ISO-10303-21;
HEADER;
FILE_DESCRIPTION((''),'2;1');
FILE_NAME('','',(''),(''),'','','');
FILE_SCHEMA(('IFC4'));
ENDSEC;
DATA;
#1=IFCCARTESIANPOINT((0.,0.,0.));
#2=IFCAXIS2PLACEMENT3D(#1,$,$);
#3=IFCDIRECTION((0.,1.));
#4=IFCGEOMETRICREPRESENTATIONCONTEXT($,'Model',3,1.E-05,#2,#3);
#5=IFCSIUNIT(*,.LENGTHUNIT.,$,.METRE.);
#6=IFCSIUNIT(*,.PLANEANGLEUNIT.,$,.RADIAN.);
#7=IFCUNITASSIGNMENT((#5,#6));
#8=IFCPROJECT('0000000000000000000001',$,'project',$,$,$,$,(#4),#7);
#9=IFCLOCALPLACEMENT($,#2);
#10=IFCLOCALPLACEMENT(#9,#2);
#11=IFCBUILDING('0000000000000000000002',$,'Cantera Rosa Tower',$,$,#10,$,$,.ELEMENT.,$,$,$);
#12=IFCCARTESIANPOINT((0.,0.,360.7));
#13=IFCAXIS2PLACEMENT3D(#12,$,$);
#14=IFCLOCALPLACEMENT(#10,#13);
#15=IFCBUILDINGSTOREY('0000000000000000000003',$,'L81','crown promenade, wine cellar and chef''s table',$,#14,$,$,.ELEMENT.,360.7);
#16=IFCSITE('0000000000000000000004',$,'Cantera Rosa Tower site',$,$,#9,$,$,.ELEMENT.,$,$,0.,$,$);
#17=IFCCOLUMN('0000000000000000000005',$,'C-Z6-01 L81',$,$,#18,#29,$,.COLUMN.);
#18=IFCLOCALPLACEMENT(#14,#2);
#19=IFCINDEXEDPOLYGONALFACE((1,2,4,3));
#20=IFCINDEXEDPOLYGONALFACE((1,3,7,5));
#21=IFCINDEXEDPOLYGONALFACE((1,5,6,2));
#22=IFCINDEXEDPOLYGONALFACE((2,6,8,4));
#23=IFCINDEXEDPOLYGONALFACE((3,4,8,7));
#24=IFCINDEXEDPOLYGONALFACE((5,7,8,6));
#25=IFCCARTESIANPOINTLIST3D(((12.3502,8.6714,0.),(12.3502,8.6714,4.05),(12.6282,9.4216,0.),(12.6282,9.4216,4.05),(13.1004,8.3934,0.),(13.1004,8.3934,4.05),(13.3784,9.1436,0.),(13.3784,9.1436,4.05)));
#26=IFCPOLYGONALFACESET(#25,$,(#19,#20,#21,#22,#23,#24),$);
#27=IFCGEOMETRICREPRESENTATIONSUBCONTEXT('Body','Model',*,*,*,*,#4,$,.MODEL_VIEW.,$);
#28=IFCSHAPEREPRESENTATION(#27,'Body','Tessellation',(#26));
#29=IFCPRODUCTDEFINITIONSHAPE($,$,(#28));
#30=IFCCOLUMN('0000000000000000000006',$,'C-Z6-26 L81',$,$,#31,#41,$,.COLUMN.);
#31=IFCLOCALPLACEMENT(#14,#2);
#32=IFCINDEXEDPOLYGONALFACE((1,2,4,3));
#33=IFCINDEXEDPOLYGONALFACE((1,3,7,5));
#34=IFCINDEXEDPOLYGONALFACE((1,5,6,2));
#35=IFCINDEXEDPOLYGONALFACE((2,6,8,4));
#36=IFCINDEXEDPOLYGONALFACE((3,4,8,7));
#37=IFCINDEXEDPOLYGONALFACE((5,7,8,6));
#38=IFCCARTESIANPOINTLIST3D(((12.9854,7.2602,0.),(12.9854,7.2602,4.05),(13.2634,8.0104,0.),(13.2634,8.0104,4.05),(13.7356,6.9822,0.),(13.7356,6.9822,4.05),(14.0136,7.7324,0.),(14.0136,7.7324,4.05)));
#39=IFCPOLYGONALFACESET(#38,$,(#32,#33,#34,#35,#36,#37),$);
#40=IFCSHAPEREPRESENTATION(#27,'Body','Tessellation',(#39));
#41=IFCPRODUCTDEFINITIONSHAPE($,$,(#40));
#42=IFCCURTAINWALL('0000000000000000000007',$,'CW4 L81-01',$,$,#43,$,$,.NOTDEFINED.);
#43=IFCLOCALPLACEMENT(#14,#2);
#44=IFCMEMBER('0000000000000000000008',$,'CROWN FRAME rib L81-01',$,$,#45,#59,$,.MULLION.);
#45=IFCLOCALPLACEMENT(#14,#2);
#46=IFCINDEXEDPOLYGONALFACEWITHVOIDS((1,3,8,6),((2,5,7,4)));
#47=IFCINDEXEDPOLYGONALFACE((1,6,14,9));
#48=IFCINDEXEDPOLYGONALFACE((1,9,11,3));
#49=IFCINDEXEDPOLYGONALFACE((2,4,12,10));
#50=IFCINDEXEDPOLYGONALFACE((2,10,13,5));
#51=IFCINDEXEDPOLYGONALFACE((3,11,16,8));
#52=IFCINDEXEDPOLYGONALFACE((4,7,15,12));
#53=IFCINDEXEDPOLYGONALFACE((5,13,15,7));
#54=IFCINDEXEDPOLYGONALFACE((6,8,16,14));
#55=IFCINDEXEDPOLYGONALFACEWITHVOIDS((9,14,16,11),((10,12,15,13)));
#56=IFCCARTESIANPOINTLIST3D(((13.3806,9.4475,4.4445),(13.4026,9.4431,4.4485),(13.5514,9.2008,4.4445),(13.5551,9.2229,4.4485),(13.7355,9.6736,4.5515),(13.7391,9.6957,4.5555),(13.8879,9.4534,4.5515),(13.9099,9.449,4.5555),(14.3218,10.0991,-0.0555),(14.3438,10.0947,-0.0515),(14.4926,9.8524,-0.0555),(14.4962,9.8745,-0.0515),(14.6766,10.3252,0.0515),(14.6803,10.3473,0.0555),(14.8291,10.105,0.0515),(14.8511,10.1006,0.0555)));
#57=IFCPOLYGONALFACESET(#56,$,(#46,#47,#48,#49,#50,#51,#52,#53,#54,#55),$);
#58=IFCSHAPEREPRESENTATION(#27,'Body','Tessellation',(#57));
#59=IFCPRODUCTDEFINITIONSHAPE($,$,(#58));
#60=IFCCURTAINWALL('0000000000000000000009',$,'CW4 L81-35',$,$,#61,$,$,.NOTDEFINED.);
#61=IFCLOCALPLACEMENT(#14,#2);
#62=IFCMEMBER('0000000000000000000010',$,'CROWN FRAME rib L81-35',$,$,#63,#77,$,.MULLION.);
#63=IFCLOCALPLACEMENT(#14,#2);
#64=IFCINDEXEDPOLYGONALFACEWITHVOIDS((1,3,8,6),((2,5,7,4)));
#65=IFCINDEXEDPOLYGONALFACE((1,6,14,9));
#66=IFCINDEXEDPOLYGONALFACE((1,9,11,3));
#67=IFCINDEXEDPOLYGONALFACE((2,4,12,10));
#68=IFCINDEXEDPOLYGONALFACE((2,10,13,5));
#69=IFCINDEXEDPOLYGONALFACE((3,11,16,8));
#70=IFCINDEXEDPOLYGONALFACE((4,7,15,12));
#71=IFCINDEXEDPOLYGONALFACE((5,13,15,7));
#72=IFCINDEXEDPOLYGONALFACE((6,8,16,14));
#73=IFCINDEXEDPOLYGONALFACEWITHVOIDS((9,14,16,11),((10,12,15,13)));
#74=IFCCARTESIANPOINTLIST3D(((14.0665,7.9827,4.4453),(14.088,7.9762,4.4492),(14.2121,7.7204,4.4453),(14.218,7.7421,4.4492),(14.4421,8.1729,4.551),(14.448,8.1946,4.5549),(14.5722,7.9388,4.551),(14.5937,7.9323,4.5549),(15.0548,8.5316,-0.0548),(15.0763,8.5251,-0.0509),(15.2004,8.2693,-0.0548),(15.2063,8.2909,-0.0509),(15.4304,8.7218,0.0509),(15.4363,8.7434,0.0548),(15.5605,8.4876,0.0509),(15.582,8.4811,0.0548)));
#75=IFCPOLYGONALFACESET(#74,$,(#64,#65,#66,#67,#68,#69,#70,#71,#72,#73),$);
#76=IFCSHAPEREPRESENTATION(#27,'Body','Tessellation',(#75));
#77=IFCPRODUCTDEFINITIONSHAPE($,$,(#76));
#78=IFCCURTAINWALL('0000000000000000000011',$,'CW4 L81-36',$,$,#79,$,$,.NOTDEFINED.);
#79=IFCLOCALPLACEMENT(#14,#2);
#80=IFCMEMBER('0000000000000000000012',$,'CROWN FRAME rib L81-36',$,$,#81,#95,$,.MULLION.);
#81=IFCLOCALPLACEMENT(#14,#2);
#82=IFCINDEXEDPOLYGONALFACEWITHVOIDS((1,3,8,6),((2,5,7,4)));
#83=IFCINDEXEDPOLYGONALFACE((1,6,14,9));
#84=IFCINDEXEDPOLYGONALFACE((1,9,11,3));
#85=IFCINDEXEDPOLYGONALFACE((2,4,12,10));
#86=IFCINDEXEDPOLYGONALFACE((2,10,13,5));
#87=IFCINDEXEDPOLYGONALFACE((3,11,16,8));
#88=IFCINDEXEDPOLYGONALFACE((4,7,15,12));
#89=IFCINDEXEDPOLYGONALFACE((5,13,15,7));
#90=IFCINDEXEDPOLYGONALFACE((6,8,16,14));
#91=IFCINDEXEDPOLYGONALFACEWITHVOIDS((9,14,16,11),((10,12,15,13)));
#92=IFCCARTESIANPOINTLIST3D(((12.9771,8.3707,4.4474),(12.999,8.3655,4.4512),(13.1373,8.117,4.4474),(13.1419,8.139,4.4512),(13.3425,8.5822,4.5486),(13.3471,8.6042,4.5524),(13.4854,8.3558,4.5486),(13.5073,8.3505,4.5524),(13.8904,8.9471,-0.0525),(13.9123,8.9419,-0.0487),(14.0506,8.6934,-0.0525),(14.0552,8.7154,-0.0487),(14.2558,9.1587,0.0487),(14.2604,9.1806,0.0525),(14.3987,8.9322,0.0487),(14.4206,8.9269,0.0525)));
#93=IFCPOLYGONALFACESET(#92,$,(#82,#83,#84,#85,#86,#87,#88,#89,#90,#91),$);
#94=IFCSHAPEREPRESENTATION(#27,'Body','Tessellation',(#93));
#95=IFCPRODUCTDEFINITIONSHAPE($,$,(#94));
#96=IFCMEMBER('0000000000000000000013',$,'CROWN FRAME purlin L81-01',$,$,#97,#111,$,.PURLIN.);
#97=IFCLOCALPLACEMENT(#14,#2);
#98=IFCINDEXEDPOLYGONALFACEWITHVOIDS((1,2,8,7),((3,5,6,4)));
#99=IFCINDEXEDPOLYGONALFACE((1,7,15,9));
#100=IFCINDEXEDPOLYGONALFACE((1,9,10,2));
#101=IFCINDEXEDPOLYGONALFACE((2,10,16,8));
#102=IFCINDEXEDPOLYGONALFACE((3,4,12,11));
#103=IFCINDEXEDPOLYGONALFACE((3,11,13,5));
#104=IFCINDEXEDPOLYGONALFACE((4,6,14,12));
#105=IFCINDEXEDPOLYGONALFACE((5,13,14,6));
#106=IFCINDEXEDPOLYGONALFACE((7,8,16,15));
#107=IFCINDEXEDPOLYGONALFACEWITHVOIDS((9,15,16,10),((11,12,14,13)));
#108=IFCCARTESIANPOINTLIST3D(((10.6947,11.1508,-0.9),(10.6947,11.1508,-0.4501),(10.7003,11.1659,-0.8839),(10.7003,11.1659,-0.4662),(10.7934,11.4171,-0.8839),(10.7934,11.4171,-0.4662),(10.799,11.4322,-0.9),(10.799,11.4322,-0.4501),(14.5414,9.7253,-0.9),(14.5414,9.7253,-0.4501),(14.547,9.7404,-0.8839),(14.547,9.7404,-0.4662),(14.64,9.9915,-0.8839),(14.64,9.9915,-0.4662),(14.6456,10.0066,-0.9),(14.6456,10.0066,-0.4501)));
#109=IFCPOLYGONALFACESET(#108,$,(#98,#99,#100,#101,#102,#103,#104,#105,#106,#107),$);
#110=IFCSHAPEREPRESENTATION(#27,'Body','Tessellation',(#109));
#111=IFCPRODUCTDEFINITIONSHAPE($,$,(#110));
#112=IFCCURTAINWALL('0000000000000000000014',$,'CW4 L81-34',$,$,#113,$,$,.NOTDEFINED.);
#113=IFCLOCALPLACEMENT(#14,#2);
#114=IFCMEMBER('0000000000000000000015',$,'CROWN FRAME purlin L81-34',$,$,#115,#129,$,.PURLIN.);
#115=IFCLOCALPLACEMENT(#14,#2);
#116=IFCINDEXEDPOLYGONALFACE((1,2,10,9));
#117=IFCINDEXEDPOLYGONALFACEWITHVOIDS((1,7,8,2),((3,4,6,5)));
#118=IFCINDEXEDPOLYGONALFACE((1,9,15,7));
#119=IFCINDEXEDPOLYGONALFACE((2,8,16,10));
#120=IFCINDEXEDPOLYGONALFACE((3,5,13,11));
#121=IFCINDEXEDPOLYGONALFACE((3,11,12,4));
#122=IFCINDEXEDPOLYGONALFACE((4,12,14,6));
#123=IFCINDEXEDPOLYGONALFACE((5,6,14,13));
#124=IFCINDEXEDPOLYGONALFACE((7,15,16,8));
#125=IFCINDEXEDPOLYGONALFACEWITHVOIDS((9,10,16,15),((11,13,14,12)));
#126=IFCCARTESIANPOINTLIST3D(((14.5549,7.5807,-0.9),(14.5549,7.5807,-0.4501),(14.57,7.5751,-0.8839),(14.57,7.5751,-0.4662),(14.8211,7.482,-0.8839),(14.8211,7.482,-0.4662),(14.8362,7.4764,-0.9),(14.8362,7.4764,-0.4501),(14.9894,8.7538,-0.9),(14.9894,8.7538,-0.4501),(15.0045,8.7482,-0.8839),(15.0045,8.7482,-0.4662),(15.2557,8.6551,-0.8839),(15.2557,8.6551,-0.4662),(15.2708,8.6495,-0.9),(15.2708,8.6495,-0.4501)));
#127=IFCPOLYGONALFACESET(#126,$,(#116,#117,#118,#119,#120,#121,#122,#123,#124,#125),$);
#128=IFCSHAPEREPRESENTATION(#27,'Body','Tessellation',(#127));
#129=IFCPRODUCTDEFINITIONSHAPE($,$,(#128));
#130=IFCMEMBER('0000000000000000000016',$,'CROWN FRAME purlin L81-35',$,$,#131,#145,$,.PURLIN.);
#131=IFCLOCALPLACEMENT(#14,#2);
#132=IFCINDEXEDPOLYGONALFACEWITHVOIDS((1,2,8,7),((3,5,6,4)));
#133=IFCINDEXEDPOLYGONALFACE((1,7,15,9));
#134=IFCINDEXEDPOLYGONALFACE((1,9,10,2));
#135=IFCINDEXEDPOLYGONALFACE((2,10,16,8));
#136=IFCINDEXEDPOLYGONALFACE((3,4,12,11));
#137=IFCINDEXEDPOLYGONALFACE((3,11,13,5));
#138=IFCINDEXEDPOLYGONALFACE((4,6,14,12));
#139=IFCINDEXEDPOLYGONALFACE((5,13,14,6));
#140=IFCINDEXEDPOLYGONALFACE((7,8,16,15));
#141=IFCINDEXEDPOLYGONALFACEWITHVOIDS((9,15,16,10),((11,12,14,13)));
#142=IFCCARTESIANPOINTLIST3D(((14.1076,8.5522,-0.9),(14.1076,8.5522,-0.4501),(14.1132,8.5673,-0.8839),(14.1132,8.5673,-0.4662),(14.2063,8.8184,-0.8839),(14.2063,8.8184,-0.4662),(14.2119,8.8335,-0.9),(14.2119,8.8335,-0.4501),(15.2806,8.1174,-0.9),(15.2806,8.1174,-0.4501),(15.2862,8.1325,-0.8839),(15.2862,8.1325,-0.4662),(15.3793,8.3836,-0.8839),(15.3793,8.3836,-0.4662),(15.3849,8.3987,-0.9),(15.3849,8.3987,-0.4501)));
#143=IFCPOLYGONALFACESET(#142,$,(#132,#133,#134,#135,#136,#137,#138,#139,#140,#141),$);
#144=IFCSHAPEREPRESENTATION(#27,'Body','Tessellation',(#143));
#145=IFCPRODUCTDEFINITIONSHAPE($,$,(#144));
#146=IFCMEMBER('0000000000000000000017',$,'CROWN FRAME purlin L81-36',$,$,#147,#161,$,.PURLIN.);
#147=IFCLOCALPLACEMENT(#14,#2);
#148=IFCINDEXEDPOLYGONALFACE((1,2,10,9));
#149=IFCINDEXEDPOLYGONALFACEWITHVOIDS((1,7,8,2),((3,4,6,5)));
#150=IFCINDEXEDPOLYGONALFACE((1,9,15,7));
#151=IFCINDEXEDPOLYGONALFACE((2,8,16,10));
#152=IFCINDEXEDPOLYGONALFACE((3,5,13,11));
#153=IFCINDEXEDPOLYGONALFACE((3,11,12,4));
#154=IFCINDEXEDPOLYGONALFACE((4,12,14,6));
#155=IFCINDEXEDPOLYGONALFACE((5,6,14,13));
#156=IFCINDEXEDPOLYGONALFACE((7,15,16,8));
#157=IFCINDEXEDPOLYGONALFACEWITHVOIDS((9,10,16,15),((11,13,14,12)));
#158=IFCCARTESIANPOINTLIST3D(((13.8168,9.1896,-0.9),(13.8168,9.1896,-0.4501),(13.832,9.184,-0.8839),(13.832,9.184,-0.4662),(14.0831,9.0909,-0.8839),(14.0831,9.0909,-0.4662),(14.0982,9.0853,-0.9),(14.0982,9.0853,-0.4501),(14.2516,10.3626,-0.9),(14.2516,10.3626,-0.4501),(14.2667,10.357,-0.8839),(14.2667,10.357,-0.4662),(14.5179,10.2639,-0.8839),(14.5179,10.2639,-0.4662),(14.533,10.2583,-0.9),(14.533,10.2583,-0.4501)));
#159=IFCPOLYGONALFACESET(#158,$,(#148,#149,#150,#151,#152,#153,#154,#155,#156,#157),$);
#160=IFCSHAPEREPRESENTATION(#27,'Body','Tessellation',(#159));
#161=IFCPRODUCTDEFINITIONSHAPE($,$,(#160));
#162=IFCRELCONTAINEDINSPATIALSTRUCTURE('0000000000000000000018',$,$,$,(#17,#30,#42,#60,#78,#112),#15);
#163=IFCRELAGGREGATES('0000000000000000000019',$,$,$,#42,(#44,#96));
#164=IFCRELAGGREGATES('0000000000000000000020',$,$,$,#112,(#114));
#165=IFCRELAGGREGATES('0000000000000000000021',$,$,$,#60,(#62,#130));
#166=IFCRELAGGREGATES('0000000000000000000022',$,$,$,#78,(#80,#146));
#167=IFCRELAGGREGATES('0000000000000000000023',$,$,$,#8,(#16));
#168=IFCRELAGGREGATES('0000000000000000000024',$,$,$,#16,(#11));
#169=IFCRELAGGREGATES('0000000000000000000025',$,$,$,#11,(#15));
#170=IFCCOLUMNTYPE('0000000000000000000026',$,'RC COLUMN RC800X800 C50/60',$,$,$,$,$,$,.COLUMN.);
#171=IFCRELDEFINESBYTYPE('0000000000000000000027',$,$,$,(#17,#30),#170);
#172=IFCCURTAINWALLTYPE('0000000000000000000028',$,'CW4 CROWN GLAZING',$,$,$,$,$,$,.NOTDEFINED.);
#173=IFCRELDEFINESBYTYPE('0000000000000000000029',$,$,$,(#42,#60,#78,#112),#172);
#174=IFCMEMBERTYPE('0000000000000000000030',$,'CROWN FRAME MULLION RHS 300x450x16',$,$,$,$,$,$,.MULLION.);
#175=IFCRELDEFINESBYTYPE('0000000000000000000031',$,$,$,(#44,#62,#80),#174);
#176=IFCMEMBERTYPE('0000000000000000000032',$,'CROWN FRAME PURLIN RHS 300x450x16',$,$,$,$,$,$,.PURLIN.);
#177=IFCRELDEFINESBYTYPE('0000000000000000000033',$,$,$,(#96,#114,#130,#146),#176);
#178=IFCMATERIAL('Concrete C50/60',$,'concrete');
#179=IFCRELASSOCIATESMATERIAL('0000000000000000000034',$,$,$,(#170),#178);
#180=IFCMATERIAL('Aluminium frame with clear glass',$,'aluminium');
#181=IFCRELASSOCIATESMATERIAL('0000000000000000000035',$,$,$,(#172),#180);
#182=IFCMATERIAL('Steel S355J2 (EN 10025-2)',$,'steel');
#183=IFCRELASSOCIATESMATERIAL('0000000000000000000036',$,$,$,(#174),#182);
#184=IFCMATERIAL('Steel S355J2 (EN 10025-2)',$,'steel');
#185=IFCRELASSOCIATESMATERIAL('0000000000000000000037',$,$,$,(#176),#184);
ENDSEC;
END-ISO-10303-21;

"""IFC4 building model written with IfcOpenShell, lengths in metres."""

from ifc_helpers import new_model, si_unit, direction, frame, origin, origin_2d, place, context, subcontext, project, spatial, rectangle, hollow_rectangle, extrude, material, material_profile, profile_set, type_object, element, aggregate, save


model = new_model("IFC4")

# Units and contexts
model_context = context("Model", 3, precision=1e-05, world=origin(), true_north=direction((0.0, 1.0)))
body_context = subcontext(model_context, "Body", "Model", "MODEL_VIEW")
ifc_project = project(units=[si_unit("LENGTHUNIT", "METRE"), si_unit("PLANEANGLEUNIT", "RADIAN")], contexts=[model_context])

# Site, building, storey
site_placement = place(None, origin())
site = spatial("IfcSite", under=ifc_project, at=site_placement, Name="Cantera Rosa Tower site", CompositionType="ELEMENT", RefElevation=0.0)
building_placement = place(site_placement, origin())
building = spatial("IfcBuilding", under=site, at=building_placement, Name="Cantera Rosa Tower", CompositionType="ELEMENT")
storey_placement = place(building_placement, frame((0.0, 0.0, 360.7)))
storey = spatial("IfcBuildingStorey", under=building, at=storey_placement, Name="L81", Description="crown promenade, wine cellar and chef's table", CompositionType="ELEMENT", Elevation=360.7)

# Columns
ifc_material_1 = material(Name="Concrete C50/60", Category="concrete")
ifc_material_profile_1 = material_profile(ifc_material_1, rectangle(XDim=0.8, YDim=0.8, at=origin_2d()), Name="RC COLUMN RC800X800 C50/60")
ifc_profile_set_1 = profile_set([ifc_material_profile_1], Name="Concrete C50/60")
column_type = type_object("IfcColumnType", Name="RC COLUMN RC800X800 C50/60", PredefinedType="COLUMN", material=ifc_profile_set_1)
for number, where, z_axis, x_axis, name in (
    (1, (12.8643, 8.9075, 0.0), (0.0, 0.0, 1.0), (0.347481, 0.937687, 0.0), "C-Z6-01 L81"),
    (2, (13.4995, 7.4963, 0.0), (0.0, 0.0, 1.0), (0.347481, 0.937687, 0.0), "C-Z6-26 L81"),
):
    element("IfcColumn", number, at=place(storey_placement, frame(where, z_axis=z_axis, x_axis=x_axis)), inside=storey, type_object=column_type, Name=name, PredefinedType="COLUMN", context=body_context, shape_type="SweptSolid", body=[
        extrude(rectangle(XDim=0.8, YDim=0.8, at=origin_2d()), origin(), (0.0, 0.0, 1.0), 4.05),
    ])

# Curtain walls, members
ifc_material_2 = material(Name="Aluminium frame with clear glass", Category="aluminium")
curtain_wall_type = type_object("IfcCurtainWallType", Name="CW4 CROWN GLAZING", PredefinedType="NOTDEFINED", material=ifc_material_2)
curtain_wall_1_placement = place(storey_placement, origin())
curtain_wall_1 = element("IfcCurtainWall", 3, at=curtain_wall_1_placement, inside=storey, type_object=curtain_wall_type, Name="CW4 L81-01", PredefinedType="NOTDEFINED")
ifc_material_3 = material(Name="Steel S355J2 (EN 10025-2)", Category="steel")
ifc_material_profile_2 = material_profile(ifc_material_3, hollow_rectangle(XDim=0.3, YDim=0.45, WallThickness=0.0161, at=origin_2d()), Name="CROWN FRAME MULLION RHS 300x450x16")
ifc_profile_set_2 = profile_set([ifc_material_profile_2], Name="Steel S355J2 (EN 10025-2)")
member_type_1 = type_object("IfcMemberType", Name="CROWN FRAME MULLION RHS 300x450x16", PredefinedType="MULLION", material=ifc_profile_set_2)
member_1_placement = place(storey_placement, frame((14.5864, 10.0999, 0.0), z_axis=(-0.202692, -0.140333, 0.969135), x_axis=(0.569232, -0.822177, 0.0)))
member_1 = element("IfcMember", 4, at=member_1_placement, type_object=member_type_1, Name="CROWN FRAME rib L81-01", PredefinedType="MULLION", context=body_context, shape_type="SweptSolid", body=[
    extrude(hollow_rectangle(XDim=0.3, YDim=0.45, WallThickness=0.0161, at=origin_2d()), origin(), (0.0, 0.0, 1.0), 4.6433),
])
curtain_wall_2_placement = place(storey_placement, origin())
curtain_wall_2 = element("IfcCurtainWall", 5, at=curtain_wall_2_placement, inside=storey, type_object=curtain_wall_type, Name="CW4 L81-35", PredefinedType="NOTDEFINED")
member_2_placement = place(storey_placement, frame((15.3184, 8.5063, 0.0), z_axis=(-0.213, -0.118287, 0.969866), x_axis=(0.485496, -0.874239, 0.0)))
member_2 = element("IfcMember", 6, at=member_2_placement, type_object=member_type_1, Name="CROWN FRAME rib L81-35", PredefinedType="MULLION", context=body_context, shape_type="SweptSolid", body=[
    extrude(hollow_rectangle(XDim=0.3, YDim=0.45, WallThickness=0.0161, at=origin_2d()), origin(), (0.0, 0.0, 1.0), 4.6399),
])
curtain_wall_3_placement = place(storey_placement, origin())
curtain_wall_3 = element("IfcCurtainWall", 7, at=curtain_wall_3_placement, inside=storey, type_object=curtain_wall_type, Name="CW4 L81-36", PredefinedType="NOTDEFINED")
member_3_placement = place(storey_placement, frame((14.1555, 8.937, 0.0), z_axis=(-0.197358, -0.124555, 0.972387), x_axis=(0.533712, -0.845666, 0.0)))
member_3 = element("IfcMember", 8, at=member_3_placement, type_object=member_type_1, Name="CROWN FRAME rib L81-36", PredefinedType="MULLION", context=body_context, shape_type="SweptSolid", body=[
    extrude(hollow_rectangle(XDim=0.3, YDim=0.45, WallThickness=0.0161, at=origin_2d()), origin(), (0.0, 0.0, 1.0), 4.6277),
])

# Member
ifc_material_4 = material(Name="Steel S355J2 (EN 10025-2)", Category="steel")
ifc_material_profile_3 = material_profile(ifc_material_4, hollow_rectangle(XDim=0.3, YDim=0.45, WallThickness=0.0161, at=origin_2d()), Name="CROWN FRAME PURLIN RHS 300x450x16")
ifc_profile_set_3 = profile_set([ifc_material_profile_3], Name="Steel S355J2 (EN 10025-2)")
member_type_2 = type_object("IfcMemberType", Name="CROWN FRAME PURLIN RHS 300x450x16", PredefinedType="PURLIN", material=ifc_profile_set_3)
member_4_placement = place(storey_placement, frame((14.5935, 9.866, -0.675), z_axis=(-0.937682, 0.347495, 0.0), x_axis=(-0.347495, -0.937682, 0.0)))
member_4 = element("IfcMember", 9, at=member_4_placement, type_object=member_type_2, Name="CROWN FRAME purlin L81-01", PredefinedType="PURLIN", context=body_context, shape_type="SweptSolid", body=[
    extrude(hollow_rectangle(XDim=0.3, YDim=0.45, WallThickness=0.0161, at=origin_2d()), origin(), (0.0, 0.0, 1.0), 4.1023),
])

# Curtain wall, member
curtain_wall_4_placement = place(storey_placement, origin())
curtain_wall_4 = element("IfcCurtainWall", 10, at=curtain_wall_4_placement, inside=storey, type_object=curtain_wall_type, Name="CW4 L81-34", PredefinedType="NOTDEFINED")
member_5_placement = place(storey_placement, frame((14.6956, 7.5286, -0.675), z_axis=(0.347378, 0.937725, 0.0), x_axis=(-0.937725, 0.347378, 0.0)))
member_5 = element("IfcMember", 11, at=member_5_placement, type_object=member_type_2, Name="CROWN FRAME purlin L81-34", PredefinedType="PURLIN", context=body_context, shape_type="SweptSolid", body=[
    extrude(hollow_rectangle(XDim=0.3, YDim=0.45, WallThickness=0.0161, at=origin_2d()), origin(), (0.0, 0.0, 1.0), 1.251),
])

# Members
member_6_placement = place(storey_placement, frame((15.3328, 8.2581, -0.675), z_axis=(-0.937662, 0.34755, 0.0), x_axis=(-0.34755, -0.937662, 0.0)))
member_6 = element("IfcMember", 12, at=member_6_placement, type_object=member_type_2, Name="CROWN FRAME purlin L81-35", PredefinedType="PURLIN", context=body_context, shape_type="SweptSolid", body=[
    extrude(hollow_rectangle(XDim=0.3, YDim=0.45, WallThickness=0.0161, at=origin_2d()), origin(), (0.0, 0.0, 1.0), 1.251),
])
member_7_placement = place(storey_placement, frame((13.9575, 9.1375, -0.675), z_axis=(0.34755, 0.937662, 0.0), x_axis=(-0.937662, 0.34755, 0.0)))
member_7 = element("IfcMember", 13, at=member_7_placement, type_object=member_type_2, Name="CROWN FRAME purlin L81-36", PredefinedType="PURLIN", context=body_context, shape_type="SweptSolid", body=[
    extrude(hollow_rectangle(XDim=0.3, YDim=0.45, WallThickness=0.0161, at=origin_2d()), origin(), (0.0, 0.0, 1.0), 1.251),
])

aggregate(curtain_wall_1, [member_1, member_4])
aggregate(curtain_wall_4, [member_5])
aggregate(curtain_wall_2, [member_2, member_6])
aggregate(curtain_wall_3, [member_3, member_7])

save(model, "model.ifc")
